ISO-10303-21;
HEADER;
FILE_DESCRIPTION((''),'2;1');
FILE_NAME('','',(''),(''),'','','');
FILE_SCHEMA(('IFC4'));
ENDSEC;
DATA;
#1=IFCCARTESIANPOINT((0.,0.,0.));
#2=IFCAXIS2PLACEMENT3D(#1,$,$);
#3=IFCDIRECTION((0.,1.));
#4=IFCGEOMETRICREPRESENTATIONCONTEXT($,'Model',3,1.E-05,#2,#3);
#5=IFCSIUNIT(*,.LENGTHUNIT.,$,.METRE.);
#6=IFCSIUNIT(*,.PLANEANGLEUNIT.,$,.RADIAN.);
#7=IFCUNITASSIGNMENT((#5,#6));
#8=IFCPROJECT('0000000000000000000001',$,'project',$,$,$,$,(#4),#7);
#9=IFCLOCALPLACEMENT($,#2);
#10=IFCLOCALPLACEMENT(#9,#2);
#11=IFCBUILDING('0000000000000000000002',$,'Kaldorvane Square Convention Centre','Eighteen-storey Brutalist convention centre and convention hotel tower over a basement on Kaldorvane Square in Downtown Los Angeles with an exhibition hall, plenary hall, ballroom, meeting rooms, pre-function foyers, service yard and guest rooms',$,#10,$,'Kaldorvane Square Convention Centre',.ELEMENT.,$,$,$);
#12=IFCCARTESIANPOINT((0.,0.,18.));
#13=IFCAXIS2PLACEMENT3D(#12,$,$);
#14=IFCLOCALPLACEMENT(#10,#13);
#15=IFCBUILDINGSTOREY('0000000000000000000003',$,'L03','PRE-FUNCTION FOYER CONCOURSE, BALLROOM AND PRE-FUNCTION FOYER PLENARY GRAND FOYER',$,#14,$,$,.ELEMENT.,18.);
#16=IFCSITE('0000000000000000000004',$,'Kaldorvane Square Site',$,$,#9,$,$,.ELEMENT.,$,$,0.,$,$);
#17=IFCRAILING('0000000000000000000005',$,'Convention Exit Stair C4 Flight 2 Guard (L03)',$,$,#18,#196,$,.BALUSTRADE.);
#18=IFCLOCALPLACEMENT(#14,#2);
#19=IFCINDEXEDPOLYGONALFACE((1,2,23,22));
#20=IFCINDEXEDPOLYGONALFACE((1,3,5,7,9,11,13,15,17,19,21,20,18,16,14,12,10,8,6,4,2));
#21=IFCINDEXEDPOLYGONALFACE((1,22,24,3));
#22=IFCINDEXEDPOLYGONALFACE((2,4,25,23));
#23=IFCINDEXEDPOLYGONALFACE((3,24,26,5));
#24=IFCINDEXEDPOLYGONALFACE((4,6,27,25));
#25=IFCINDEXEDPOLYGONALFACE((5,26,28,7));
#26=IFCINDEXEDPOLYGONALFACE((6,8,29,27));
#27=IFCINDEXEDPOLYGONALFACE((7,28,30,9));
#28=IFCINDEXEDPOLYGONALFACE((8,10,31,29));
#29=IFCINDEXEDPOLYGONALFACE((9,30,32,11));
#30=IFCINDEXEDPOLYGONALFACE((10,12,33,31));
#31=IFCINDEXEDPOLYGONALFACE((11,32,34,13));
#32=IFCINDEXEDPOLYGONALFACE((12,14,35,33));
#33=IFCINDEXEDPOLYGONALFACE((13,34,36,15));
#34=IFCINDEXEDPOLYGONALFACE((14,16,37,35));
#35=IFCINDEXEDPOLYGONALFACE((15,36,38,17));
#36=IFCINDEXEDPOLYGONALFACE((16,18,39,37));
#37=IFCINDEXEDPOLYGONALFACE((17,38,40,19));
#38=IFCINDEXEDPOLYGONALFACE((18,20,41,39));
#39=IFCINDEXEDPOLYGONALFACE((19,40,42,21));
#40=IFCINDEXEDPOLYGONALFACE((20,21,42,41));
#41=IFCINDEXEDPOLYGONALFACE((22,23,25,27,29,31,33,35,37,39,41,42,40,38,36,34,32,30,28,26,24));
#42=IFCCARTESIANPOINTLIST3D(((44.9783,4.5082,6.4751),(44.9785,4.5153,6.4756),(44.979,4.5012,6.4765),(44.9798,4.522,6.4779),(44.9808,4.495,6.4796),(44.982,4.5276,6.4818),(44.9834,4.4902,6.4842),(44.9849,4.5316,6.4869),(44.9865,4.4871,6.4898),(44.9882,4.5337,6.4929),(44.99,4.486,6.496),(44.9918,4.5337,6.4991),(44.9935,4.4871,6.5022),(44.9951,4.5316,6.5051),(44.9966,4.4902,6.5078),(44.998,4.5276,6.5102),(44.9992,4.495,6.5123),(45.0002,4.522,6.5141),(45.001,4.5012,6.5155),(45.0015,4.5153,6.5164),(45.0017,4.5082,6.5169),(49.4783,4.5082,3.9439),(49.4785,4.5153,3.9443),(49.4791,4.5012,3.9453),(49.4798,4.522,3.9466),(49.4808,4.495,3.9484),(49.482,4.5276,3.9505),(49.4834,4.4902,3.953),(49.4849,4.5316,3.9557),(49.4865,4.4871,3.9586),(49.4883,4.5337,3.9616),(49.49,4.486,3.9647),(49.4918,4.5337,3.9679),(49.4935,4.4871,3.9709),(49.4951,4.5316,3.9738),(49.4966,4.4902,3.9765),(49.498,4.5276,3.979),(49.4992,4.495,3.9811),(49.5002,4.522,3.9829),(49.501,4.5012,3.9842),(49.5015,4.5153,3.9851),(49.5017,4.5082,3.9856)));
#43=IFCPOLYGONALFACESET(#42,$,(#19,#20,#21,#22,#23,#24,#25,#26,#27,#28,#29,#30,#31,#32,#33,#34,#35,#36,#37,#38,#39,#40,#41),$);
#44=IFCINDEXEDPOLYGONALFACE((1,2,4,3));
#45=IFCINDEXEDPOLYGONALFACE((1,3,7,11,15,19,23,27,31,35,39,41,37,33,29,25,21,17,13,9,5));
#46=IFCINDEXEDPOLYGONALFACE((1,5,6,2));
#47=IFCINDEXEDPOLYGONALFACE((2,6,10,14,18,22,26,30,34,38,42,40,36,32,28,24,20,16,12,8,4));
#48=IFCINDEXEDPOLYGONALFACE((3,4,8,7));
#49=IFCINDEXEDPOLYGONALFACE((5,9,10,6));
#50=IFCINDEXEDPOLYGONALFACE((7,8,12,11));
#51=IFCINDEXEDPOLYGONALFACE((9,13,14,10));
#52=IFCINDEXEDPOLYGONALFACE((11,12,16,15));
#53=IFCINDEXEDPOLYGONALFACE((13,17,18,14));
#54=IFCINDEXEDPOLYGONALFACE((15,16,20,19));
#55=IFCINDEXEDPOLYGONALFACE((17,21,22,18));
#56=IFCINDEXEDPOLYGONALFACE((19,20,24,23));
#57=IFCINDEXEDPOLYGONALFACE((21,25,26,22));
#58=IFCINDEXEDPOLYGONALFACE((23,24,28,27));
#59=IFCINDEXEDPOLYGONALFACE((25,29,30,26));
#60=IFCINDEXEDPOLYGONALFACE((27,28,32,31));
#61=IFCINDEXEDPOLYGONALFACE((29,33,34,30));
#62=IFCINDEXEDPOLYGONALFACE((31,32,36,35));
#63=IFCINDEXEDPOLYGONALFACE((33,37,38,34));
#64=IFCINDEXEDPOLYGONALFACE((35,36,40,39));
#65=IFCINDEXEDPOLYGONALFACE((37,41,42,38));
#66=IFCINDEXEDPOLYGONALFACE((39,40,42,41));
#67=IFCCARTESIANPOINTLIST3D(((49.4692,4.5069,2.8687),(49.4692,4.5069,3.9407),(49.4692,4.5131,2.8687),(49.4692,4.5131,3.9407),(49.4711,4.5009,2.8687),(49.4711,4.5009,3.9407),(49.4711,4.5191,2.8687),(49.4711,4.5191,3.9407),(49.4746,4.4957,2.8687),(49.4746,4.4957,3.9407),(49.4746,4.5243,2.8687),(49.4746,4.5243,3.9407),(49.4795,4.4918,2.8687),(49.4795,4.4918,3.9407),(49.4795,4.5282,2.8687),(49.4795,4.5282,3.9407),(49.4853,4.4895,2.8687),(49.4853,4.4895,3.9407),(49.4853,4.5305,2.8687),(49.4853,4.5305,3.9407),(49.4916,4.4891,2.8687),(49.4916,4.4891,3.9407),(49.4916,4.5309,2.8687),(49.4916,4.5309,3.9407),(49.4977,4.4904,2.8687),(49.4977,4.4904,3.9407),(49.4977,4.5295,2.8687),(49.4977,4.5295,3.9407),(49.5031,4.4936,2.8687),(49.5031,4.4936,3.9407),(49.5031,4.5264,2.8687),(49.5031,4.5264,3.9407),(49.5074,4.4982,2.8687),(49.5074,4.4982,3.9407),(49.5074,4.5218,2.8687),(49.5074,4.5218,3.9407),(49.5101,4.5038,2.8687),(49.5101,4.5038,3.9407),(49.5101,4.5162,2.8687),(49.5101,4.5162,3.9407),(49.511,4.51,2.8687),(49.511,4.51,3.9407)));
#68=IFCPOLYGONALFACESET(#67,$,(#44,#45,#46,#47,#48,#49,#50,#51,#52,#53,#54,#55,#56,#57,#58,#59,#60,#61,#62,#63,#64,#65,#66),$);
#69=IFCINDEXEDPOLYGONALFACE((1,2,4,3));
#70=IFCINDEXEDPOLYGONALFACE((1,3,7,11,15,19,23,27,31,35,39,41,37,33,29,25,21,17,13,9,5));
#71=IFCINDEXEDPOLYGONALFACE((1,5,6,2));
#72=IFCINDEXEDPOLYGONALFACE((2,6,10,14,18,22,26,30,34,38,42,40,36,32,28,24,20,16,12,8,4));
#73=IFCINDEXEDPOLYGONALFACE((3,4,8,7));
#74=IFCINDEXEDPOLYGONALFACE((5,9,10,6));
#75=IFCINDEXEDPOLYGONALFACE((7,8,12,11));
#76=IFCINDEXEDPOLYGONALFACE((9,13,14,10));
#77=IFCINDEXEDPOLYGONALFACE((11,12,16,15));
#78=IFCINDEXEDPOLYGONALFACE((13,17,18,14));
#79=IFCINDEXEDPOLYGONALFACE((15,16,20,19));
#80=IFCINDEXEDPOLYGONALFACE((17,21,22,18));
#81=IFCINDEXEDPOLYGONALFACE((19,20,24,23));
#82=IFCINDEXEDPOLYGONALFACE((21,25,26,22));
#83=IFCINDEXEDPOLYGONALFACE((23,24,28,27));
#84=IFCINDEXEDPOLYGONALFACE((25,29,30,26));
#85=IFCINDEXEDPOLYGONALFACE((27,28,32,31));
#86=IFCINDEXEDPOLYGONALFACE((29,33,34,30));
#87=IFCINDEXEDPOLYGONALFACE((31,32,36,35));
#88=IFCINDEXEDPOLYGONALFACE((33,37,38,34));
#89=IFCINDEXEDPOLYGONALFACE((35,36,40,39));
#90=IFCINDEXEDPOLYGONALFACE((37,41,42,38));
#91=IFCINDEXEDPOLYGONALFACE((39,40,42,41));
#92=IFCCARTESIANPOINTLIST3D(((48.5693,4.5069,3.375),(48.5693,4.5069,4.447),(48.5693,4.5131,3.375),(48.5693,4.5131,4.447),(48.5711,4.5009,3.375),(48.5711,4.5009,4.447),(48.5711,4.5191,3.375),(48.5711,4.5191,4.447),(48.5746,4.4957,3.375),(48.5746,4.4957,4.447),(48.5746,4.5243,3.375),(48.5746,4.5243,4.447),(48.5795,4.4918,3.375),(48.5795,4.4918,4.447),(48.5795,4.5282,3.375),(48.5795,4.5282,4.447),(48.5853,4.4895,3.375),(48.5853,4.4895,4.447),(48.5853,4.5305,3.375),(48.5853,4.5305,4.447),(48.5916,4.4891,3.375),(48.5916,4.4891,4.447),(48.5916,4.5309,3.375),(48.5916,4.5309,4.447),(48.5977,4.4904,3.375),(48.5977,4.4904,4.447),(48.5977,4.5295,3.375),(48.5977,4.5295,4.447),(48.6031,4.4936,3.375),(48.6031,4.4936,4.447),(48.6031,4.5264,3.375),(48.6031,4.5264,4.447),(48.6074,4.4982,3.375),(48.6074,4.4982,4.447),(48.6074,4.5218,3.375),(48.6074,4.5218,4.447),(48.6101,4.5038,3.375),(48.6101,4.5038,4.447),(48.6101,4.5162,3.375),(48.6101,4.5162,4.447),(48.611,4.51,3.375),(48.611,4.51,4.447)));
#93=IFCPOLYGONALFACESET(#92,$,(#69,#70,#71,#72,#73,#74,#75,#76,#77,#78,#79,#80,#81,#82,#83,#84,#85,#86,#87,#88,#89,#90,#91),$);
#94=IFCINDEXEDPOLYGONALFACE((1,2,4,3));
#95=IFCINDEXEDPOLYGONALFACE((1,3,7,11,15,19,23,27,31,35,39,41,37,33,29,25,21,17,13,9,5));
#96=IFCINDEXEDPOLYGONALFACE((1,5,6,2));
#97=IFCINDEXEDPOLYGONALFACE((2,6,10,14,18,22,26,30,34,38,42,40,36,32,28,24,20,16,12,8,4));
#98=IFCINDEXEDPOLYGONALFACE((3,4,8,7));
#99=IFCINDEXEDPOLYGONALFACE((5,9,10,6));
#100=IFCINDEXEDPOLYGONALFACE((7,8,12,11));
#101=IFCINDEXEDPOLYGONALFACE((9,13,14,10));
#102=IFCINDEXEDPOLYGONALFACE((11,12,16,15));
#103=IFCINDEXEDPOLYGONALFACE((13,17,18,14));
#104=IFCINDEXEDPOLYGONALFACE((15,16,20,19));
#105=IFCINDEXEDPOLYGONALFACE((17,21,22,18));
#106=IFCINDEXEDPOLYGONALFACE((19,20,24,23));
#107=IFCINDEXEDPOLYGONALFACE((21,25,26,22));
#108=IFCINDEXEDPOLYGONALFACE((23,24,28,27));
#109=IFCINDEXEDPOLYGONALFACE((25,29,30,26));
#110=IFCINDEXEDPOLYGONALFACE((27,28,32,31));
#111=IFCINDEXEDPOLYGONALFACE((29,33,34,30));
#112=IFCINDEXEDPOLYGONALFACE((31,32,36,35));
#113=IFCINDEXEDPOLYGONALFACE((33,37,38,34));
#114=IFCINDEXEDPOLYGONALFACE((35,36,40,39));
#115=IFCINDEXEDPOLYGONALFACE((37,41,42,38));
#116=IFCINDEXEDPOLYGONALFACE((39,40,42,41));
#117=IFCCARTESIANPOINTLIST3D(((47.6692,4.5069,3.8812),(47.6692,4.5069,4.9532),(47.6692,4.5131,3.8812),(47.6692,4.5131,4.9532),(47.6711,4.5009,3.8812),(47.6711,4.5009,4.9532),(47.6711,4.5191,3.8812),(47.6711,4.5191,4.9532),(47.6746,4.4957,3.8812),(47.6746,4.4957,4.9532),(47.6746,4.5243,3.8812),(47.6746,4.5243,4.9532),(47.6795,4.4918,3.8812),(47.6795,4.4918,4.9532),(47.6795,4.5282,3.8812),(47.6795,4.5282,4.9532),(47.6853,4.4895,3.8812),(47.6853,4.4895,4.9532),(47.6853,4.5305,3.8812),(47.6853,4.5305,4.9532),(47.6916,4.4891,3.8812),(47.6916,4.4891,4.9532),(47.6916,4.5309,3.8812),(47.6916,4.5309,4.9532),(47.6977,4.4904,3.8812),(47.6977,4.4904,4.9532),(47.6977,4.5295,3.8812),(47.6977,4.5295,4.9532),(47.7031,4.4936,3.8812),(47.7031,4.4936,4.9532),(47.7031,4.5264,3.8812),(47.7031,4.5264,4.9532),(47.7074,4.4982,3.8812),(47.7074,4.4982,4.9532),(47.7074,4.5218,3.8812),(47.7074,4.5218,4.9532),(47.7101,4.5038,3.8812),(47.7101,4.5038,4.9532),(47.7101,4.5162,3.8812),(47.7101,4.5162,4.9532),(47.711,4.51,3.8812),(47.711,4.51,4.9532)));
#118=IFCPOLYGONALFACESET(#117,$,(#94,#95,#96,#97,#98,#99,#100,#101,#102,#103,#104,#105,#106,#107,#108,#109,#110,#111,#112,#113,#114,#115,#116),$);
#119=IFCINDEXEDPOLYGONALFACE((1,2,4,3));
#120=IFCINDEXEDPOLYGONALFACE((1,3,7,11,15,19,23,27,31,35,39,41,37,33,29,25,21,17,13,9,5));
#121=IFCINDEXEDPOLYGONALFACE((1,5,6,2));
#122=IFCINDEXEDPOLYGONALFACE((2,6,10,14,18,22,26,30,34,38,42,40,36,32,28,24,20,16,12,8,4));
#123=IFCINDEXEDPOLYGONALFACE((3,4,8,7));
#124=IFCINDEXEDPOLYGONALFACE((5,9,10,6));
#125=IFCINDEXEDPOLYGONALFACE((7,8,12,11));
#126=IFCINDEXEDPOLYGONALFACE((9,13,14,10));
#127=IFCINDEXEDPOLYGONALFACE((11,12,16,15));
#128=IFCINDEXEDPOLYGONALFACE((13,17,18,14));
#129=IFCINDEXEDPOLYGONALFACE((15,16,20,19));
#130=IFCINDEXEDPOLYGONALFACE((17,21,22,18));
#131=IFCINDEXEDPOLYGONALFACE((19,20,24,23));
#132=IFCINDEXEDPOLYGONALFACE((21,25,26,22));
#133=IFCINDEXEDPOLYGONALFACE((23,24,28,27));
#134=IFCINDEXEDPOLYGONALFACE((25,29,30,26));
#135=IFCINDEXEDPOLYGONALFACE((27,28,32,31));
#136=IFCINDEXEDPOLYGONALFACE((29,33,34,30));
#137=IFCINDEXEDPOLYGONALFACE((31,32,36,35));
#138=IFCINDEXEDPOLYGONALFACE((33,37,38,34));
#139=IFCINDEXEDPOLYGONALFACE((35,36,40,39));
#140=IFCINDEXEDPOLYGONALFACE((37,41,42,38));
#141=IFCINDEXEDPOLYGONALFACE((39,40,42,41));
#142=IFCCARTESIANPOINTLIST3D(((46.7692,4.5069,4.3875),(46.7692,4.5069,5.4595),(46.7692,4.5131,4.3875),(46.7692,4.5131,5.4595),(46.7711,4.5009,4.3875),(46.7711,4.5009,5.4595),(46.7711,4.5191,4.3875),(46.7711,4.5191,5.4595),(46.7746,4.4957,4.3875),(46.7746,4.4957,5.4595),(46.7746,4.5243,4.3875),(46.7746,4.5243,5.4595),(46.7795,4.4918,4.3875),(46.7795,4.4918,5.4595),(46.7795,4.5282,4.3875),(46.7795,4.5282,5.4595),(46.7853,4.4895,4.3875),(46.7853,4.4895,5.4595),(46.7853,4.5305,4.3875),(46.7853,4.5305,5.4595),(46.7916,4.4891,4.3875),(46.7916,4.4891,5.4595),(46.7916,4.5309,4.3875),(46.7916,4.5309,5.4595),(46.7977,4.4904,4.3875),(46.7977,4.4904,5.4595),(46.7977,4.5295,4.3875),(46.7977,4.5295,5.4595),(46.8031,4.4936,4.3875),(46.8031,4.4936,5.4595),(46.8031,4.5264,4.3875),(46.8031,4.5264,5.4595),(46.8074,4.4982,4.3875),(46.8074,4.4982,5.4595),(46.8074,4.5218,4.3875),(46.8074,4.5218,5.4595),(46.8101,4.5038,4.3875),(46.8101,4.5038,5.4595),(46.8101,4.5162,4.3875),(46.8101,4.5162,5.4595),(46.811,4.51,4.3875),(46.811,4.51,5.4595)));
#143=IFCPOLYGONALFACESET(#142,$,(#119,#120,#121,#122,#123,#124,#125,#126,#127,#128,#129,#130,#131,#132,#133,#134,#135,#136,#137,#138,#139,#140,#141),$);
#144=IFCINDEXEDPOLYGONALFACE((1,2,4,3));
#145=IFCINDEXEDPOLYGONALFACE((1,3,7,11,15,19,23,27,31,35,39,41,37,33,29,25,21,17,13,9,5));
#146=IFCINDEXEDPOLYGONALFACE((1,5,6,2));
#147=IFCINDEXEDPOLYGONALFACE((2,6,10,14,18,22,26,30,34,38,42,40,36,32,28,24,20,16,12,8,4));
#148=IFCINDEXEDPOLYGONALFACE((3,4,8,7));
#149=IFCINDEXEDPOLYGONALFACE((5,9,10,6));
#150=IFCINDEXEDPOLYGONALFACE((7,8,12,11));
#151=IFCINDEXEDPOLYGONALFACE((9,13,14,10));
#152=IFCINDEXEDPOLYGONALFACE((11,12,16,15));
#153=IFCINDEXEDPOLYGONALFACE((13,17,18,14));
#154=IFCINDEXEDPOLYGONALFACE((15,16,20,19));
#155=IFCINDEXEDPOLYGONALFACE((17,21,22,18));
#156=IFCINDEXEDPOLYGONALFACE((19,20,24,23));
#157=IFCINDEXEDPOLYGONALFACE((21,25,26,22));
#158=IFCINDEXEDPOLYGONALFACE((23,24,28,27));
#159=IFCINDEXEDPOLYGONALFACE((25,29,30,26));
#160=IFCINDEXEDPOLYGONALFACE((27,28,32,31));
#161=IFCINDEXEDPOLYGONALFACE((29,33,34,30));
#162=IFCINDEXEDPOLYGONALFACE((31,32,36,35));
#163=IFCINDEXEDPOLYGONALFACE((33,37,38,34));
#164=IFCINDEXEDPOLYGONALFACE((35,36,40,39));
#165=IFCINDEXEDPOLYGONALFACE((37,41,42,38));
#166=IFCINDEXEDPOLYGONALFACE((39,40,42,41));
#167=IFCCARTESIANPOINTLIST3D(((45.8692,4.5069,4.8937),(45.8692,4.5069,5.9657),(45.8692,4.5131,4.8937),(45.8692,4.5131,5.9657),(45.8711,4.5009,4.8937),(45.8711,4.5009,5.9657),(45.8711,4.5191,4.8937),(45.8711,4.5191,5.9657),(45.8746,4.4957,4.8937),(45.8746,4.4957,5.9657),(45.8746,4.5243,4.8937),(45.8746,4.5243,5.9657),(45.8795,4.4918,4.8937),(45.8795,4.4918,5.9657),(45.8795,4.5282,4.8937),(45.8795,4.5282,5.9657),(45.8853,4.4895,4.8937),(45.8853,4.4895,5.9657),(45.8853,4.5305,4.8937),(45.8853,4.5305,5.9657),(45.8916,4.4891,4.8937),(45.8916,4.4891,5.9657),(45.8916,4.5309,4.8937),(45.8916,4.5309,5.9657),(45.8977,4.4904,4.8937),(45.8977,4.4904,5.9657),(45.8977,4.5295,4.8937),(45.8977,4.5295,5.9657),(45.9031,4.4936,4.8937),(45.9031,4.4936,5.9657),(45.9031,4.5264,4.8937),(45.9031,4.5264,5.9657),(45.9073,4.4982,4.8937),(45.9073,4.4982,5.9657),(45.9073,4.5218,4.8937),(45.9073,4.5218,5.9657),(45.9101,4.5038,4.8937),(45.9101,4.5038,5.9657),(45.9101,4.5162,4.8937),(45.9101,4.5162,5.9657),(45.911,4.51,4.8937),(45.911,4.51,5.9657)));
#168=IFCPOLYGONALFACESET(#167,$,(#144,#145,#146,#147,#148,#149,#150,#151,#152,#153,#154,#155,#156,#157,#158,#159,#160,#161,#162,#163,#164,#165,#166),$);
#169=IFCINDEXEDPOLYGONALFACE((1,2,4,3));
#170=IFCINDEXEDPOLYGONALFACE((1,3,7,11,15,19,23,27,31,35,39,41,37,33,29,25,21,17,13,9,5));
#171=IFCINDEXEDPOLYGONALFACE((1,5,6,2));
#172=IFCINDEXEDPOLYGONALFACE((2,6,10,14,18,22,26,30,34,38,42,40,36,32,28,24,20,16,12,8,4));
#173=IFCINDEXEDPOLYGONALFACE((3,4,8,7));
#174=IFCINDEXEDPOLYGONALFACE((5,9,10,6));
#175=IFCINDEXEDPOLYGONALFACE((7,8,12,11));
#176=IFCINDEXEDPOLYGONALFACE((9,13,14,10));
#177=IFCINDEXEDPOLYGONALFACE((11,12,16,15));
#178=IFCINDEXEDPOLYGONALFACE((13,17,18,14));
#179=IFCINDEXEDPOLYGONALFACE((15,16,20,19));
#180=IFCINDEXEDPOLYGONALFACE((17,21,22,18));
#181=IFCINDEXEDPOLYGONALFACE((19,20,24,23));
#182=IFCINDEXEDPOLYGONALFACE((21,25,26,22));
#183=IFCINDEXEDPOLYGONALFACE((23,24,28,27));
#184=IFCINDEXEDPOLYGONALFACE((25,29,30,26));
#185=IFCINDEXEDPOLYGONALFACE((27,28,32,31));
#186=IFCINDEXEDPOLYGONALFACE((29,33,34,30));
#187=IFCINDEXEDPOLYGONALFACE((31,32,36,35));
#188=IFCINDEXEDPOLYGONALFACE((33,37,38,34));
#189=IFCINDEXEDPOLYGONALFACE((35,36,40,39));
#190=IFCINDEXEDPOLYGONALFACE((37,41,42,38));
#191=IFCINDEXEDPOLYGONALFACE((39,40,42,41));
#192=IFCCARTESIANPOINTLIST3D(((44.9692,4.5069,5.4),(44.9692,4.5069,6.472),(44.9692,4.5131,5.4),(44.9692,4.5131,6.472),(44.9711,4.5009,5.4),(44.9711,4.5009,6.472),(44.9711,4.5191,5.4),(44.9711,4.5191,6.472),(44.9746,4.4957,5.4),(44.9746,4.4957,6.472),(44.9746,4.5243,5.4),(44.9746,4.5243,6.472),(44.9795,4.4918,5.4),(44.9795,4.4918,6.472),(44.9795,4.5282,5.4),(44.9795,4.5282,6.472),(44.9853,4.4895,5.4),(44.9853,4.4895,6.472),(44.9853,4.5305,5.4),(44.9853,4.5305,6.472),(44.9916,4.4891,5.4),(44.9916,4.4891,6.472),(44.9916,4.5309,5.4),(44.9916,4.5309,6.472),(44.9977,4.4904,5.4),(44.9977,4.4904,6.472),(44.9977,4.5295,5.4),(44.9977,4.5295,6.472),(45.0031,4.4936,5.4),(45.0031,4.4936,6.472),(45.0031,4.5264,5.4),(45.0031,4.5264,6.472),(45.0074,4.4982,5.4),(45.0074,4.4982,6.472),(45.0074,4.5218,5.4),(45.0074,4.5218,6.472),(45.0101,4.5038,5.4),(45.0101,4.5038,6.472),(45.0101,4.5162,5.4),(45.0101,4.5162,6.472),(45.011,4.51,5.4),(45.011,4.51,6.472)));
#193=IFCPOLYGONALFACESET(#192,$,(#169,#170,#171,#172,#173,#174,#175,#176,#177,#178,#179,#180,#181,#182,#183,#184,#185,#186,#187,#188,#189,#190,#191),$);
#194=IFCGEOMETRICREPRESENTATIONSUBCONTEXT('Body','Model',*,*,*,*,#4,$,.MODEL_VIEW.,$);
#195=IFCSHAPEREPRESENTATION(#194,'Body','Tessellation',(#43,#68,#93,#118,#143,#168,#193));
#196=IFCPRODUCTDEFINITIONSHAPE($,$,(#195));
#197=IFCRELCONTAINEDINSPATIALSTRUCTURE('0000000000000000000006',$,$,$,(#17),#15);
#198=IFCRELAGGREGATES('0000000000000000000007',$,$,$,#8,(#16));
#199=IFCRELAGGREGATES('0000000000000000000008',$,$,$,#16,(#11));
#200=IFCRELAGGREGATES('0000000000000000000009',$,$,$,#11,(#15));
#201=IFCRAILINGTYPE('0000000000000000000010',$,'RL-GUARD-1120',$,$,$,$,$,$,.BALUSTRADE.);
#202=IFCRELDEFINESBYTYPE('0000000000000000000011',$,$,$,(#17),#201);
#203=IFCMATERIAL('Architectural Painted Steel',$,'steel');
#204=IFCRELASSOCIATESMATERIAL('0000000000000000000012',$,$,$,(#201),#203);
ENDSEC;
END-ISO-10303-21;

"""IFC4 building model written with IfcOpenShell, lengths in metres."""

from ifc_helpers import new_model, si_unit, direction, frame, origin, origin_2d, place, context, subcontext, project, spatial, circle, extrude, material, type_object, element, save


model = new_model("IFC4")

# Units and contexts
model_context = context("Model", 3, precision=1e-05, world=origin(), true_north=direction((0.0, 1.0)))
body_context = subcontext(model_context, "Body", "Model", "MODEL_VIEW")
ifc_project = project(units=[si_unit("LENGTHUNIT", "METRE"), si_unit("PLANEANGLEUNIT", "RADIAN")], contexts=[model_context])

# Site, building, storey
site_placement = place(None, origin())
site = spatial("IfcSite", under=ifc_project, at=site_placement, Name="Kaldorvane Square Site", CompositionType="ELEMENT", RefElevation=0.0)
building_placement = place(site_placement, origin())
building = spatial("IfcBuilding", under=site, at=building_placement, Name="Kaldorvane Square Convention Centre", Description="Eighteen-storey Brutalist convention centre and convention hotel tower over a basement on Kaldorvane Square in Downtown Los Angeles with an exhibition hall, plenary hall, ballroom, meeting rooms, pre-function foyers, service yard and guest rooms", LongName="Kaldorvane Square Convention Centre", CompositionType="ELEMENT")
storey_placement = place(building_placement, frame((0.0, 0.0, 18.0)))
storey = spatial("IfcBuildingStorey", under=building, at=storey_placement, Name="L03", Description="PRE-FUNCTION FOYER CONCOURSE, BALLROOM AND PRE-FUNCTION FOYER PLENARY GRAND FOYER", CompositionType="ELEMENT", Elevation=18.0)

# Railing
ifc_material_1 = material(Name="Architectural Painted Steel", Category="steel")
railing_type_1 = type_object("IfcRailingType", Name="RL-GUARD-1120", PredefinedType="BALUSTRADE", material=ifc_material_1)
for number, where, name in (
    (1, (49.49, 4.51, 2.8687), "Convention Exit Stair C4 Flight 2 Guard (L03)"),
):
    element("IfcRailing", number, at=place(storey_placement, frame(where)), inside=storey, type_object=railing_type_1, Name=name, PredefinedType="BALUSTRADE", context=body_context, shape_type="SweptSolid", body=[
        extrude(circle(Radius=0.024, at=origin_2d()), frame((0.0, 0.0, 1.096), z_axis=(-0.871576, 0.0, 0.490261), x_axis=(0.0, -1.0, 0.0)), (0.0, 0.0, 1.0), 5.1631),
        extrude(circle(Radius=0.021, at=origin_2d()), origin(), (0.0, 0.0, 1.0), 1.072),
        extrude(circle(Radius=0.021, at=origin_2d()), frame((-0.9, 0.0, 0.5063)), (0.0, 0.0, 1.0), 1.072),
        extrude(circle(Radius=0.021, at=origin_2d()), frame((-1.8, 0.0, 1.0125)), (0.0, 0.0, 1.0), 1.072),
        extrude(circle(Radius=0.021, at=origin_2d()), frame((-2.7, 0.0, 1.5188)), (0.0, 0.0, 1.0), 1.072),
        extrude(circle(Radius=0.021, at=origin_2d()), frame((-3.6, 0.0, 2.025)), (0.0, 0.0, 1.0), 1.072),
        extrude(circle(Radius=0.021, at=origin_2d()), frame((-4.5, 0.0, 2.5312)), (0.0, 0.0, 1.0), 1.072),
    ])

save(model, "model.ifc")
